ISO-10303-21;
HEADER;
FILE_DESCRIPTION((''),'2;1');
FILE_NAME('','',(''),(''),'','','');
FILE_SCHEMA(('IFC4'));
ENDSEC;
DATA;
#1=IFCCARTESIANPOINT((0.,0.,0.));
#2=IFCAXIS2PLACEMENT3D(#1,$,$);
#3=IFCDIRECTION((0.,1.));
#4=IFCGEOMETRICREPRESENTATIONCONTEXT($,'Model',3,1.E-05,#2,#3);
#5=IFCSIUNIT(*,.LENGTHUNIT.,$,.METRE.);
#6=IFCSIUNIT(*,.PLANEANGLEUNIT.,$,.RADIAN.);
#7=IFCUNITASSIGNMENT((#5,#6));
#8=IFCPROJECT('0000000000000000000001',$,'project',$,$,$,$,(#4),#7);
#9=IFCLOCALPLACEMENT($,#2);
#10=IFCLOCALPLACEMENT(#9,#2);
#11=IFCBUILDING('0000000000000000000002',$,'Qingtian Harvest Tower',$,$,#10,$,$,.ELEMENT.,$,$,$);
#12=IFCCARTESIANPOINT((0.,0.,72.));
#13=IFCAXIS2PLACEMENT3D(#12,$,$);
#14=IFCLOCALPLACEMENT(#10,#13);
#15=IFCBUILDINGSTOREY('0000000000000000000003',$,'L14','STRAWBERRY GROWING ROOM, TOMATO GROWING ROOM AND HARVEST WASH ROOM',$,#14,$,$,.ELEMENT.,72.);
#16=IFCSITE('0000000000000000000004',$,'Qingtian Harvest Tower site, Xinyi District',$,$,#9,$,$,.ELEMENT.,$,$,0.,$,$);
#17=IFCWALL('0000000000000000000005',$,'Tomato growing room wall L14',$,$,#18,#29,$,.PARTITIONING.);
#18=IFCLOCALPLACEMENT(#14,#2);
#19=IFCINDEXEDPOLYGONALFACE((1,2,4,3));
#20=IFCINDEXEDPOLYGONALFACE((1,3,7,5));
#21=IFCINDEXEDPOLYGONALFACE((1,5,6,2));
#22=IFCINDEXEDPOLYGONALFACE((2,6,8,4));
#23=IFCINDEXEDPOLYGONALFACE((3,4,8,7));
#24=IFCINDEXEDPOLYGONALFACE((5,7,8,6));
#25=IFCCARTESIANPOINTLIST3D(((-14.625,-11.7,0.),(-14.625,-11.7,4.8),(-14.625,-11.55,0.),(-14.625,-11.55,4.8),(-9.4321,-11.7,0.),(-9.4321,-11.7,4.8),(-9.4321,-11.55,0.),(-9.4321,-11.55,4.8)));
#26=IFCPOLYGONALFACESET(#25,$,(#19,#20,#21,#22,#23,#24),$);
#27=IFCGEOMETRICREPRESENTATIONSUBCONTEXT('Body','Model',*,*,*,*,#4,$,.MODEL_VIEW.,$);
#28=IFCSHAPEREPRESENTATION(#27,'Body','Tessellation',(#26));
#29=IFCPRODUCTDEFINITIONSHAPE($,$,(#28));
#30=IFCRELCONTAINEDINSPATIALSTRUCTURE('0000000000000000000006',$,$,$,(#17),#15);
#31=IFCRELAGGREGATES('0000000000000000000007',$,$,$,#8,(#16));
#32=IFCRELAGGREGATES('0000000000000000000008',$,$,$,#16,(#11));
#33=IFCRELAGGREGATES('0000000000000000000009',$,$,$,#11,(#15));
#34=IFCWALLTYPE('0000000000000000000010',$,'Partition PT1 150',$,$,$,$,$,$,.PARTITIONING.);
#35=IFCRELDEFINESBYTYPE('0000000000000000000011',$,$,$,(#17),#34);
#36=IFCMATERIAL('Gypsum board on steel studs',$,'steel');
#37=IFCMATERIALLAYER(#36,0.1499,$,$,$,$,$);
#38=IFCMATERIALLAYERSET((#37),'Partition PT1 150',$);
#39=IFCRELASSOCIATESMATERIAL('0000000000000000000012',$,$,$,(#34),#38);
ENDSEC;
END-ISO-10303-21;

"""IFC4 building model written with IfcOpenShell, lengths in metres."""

from ifc_helpers import new_model, si_unit, direction, frame, frame_2d, origin, place, context, subcontext, project, spatial, rectangle, extrude, material, layer, layer_set, type_object, element, save


model = new_model("IFC4")

# Units and contexts
model_context = context("Model", 3, precision=1e-05, world=origin(), true_north=direction((0.0, 1.0)))
body_context = subcontext(model_context, "Body", "Model", "MODEL_VIEW")
ifc_project = project(units=[si_unit("LENGTHUNIT", "METRE"), si_unit("PLANEANGLEUNIT", "RADIAN")], contexts=[model_context])

# Site, building, storey
site_placement = place(None, origin())
site = spatial("IfcSite", under=ifc_project, at=site_placement, Name="Qingtian Harvest Tower site, Xinyi District", CompositionType="ELEMENT", RefElevation=0.0)
building_placement = place(site_placement, origin())
building = spatial("IfcBuilding", under=site, at=building_placement, Name="Qingtian Harvest Tower", CompositionType="ELEMENT")
storey_placement = place(building_placement, frame((0.0, 0.0, 72.0)))
storey = spatial("IfcBuildingStorey", under=building, at=storey_placement, Name="L14", Description="STRAWBERRY GROWING ROOM, TOMATO GROWING ROOM AND HARVEST WASH ROOM", CompositionType="ELEMENT", Elevation=72.0)

# Shared definitions
ifc_material_1 = material(Name="Gypsum board on steel studs", Category="steel")
ifc_layer_1 = layer(ifc_material_1, 0.1499)
ifc_layer_set_1 = layer_set([ifc_layer_1], Name="Partition PT1 150")
wall_type_1 = type_object("IfcWallType", Name="Partition PT1 150", PredefinedType="PARTITIONING", material=ifc_layer_set_1)

# Wall
wall_1_placement = place(storey_placement, frame((-9.4321, -11.625, 0.0), z_axis=(0.0, 0.0, 1.0), x_axis=(-1.0, 0.0, 0.0)))
element("IfcWall", 1, at=wall_1_placement, inside=storey, type_object=wall_type_1, Name="Tomato growing room wall L14", PredefinedType="PARTITIONING", context=body_context, shape_type="SweptSolid", body=[
    extrude(rectangle(XDim=5.1929, YDim=0.1499, at=frame_2d((2.5964, 0.0))), origin(), (0.0, 0.0, 1.0), 4.8),
])

save(model, "model.ifc")
